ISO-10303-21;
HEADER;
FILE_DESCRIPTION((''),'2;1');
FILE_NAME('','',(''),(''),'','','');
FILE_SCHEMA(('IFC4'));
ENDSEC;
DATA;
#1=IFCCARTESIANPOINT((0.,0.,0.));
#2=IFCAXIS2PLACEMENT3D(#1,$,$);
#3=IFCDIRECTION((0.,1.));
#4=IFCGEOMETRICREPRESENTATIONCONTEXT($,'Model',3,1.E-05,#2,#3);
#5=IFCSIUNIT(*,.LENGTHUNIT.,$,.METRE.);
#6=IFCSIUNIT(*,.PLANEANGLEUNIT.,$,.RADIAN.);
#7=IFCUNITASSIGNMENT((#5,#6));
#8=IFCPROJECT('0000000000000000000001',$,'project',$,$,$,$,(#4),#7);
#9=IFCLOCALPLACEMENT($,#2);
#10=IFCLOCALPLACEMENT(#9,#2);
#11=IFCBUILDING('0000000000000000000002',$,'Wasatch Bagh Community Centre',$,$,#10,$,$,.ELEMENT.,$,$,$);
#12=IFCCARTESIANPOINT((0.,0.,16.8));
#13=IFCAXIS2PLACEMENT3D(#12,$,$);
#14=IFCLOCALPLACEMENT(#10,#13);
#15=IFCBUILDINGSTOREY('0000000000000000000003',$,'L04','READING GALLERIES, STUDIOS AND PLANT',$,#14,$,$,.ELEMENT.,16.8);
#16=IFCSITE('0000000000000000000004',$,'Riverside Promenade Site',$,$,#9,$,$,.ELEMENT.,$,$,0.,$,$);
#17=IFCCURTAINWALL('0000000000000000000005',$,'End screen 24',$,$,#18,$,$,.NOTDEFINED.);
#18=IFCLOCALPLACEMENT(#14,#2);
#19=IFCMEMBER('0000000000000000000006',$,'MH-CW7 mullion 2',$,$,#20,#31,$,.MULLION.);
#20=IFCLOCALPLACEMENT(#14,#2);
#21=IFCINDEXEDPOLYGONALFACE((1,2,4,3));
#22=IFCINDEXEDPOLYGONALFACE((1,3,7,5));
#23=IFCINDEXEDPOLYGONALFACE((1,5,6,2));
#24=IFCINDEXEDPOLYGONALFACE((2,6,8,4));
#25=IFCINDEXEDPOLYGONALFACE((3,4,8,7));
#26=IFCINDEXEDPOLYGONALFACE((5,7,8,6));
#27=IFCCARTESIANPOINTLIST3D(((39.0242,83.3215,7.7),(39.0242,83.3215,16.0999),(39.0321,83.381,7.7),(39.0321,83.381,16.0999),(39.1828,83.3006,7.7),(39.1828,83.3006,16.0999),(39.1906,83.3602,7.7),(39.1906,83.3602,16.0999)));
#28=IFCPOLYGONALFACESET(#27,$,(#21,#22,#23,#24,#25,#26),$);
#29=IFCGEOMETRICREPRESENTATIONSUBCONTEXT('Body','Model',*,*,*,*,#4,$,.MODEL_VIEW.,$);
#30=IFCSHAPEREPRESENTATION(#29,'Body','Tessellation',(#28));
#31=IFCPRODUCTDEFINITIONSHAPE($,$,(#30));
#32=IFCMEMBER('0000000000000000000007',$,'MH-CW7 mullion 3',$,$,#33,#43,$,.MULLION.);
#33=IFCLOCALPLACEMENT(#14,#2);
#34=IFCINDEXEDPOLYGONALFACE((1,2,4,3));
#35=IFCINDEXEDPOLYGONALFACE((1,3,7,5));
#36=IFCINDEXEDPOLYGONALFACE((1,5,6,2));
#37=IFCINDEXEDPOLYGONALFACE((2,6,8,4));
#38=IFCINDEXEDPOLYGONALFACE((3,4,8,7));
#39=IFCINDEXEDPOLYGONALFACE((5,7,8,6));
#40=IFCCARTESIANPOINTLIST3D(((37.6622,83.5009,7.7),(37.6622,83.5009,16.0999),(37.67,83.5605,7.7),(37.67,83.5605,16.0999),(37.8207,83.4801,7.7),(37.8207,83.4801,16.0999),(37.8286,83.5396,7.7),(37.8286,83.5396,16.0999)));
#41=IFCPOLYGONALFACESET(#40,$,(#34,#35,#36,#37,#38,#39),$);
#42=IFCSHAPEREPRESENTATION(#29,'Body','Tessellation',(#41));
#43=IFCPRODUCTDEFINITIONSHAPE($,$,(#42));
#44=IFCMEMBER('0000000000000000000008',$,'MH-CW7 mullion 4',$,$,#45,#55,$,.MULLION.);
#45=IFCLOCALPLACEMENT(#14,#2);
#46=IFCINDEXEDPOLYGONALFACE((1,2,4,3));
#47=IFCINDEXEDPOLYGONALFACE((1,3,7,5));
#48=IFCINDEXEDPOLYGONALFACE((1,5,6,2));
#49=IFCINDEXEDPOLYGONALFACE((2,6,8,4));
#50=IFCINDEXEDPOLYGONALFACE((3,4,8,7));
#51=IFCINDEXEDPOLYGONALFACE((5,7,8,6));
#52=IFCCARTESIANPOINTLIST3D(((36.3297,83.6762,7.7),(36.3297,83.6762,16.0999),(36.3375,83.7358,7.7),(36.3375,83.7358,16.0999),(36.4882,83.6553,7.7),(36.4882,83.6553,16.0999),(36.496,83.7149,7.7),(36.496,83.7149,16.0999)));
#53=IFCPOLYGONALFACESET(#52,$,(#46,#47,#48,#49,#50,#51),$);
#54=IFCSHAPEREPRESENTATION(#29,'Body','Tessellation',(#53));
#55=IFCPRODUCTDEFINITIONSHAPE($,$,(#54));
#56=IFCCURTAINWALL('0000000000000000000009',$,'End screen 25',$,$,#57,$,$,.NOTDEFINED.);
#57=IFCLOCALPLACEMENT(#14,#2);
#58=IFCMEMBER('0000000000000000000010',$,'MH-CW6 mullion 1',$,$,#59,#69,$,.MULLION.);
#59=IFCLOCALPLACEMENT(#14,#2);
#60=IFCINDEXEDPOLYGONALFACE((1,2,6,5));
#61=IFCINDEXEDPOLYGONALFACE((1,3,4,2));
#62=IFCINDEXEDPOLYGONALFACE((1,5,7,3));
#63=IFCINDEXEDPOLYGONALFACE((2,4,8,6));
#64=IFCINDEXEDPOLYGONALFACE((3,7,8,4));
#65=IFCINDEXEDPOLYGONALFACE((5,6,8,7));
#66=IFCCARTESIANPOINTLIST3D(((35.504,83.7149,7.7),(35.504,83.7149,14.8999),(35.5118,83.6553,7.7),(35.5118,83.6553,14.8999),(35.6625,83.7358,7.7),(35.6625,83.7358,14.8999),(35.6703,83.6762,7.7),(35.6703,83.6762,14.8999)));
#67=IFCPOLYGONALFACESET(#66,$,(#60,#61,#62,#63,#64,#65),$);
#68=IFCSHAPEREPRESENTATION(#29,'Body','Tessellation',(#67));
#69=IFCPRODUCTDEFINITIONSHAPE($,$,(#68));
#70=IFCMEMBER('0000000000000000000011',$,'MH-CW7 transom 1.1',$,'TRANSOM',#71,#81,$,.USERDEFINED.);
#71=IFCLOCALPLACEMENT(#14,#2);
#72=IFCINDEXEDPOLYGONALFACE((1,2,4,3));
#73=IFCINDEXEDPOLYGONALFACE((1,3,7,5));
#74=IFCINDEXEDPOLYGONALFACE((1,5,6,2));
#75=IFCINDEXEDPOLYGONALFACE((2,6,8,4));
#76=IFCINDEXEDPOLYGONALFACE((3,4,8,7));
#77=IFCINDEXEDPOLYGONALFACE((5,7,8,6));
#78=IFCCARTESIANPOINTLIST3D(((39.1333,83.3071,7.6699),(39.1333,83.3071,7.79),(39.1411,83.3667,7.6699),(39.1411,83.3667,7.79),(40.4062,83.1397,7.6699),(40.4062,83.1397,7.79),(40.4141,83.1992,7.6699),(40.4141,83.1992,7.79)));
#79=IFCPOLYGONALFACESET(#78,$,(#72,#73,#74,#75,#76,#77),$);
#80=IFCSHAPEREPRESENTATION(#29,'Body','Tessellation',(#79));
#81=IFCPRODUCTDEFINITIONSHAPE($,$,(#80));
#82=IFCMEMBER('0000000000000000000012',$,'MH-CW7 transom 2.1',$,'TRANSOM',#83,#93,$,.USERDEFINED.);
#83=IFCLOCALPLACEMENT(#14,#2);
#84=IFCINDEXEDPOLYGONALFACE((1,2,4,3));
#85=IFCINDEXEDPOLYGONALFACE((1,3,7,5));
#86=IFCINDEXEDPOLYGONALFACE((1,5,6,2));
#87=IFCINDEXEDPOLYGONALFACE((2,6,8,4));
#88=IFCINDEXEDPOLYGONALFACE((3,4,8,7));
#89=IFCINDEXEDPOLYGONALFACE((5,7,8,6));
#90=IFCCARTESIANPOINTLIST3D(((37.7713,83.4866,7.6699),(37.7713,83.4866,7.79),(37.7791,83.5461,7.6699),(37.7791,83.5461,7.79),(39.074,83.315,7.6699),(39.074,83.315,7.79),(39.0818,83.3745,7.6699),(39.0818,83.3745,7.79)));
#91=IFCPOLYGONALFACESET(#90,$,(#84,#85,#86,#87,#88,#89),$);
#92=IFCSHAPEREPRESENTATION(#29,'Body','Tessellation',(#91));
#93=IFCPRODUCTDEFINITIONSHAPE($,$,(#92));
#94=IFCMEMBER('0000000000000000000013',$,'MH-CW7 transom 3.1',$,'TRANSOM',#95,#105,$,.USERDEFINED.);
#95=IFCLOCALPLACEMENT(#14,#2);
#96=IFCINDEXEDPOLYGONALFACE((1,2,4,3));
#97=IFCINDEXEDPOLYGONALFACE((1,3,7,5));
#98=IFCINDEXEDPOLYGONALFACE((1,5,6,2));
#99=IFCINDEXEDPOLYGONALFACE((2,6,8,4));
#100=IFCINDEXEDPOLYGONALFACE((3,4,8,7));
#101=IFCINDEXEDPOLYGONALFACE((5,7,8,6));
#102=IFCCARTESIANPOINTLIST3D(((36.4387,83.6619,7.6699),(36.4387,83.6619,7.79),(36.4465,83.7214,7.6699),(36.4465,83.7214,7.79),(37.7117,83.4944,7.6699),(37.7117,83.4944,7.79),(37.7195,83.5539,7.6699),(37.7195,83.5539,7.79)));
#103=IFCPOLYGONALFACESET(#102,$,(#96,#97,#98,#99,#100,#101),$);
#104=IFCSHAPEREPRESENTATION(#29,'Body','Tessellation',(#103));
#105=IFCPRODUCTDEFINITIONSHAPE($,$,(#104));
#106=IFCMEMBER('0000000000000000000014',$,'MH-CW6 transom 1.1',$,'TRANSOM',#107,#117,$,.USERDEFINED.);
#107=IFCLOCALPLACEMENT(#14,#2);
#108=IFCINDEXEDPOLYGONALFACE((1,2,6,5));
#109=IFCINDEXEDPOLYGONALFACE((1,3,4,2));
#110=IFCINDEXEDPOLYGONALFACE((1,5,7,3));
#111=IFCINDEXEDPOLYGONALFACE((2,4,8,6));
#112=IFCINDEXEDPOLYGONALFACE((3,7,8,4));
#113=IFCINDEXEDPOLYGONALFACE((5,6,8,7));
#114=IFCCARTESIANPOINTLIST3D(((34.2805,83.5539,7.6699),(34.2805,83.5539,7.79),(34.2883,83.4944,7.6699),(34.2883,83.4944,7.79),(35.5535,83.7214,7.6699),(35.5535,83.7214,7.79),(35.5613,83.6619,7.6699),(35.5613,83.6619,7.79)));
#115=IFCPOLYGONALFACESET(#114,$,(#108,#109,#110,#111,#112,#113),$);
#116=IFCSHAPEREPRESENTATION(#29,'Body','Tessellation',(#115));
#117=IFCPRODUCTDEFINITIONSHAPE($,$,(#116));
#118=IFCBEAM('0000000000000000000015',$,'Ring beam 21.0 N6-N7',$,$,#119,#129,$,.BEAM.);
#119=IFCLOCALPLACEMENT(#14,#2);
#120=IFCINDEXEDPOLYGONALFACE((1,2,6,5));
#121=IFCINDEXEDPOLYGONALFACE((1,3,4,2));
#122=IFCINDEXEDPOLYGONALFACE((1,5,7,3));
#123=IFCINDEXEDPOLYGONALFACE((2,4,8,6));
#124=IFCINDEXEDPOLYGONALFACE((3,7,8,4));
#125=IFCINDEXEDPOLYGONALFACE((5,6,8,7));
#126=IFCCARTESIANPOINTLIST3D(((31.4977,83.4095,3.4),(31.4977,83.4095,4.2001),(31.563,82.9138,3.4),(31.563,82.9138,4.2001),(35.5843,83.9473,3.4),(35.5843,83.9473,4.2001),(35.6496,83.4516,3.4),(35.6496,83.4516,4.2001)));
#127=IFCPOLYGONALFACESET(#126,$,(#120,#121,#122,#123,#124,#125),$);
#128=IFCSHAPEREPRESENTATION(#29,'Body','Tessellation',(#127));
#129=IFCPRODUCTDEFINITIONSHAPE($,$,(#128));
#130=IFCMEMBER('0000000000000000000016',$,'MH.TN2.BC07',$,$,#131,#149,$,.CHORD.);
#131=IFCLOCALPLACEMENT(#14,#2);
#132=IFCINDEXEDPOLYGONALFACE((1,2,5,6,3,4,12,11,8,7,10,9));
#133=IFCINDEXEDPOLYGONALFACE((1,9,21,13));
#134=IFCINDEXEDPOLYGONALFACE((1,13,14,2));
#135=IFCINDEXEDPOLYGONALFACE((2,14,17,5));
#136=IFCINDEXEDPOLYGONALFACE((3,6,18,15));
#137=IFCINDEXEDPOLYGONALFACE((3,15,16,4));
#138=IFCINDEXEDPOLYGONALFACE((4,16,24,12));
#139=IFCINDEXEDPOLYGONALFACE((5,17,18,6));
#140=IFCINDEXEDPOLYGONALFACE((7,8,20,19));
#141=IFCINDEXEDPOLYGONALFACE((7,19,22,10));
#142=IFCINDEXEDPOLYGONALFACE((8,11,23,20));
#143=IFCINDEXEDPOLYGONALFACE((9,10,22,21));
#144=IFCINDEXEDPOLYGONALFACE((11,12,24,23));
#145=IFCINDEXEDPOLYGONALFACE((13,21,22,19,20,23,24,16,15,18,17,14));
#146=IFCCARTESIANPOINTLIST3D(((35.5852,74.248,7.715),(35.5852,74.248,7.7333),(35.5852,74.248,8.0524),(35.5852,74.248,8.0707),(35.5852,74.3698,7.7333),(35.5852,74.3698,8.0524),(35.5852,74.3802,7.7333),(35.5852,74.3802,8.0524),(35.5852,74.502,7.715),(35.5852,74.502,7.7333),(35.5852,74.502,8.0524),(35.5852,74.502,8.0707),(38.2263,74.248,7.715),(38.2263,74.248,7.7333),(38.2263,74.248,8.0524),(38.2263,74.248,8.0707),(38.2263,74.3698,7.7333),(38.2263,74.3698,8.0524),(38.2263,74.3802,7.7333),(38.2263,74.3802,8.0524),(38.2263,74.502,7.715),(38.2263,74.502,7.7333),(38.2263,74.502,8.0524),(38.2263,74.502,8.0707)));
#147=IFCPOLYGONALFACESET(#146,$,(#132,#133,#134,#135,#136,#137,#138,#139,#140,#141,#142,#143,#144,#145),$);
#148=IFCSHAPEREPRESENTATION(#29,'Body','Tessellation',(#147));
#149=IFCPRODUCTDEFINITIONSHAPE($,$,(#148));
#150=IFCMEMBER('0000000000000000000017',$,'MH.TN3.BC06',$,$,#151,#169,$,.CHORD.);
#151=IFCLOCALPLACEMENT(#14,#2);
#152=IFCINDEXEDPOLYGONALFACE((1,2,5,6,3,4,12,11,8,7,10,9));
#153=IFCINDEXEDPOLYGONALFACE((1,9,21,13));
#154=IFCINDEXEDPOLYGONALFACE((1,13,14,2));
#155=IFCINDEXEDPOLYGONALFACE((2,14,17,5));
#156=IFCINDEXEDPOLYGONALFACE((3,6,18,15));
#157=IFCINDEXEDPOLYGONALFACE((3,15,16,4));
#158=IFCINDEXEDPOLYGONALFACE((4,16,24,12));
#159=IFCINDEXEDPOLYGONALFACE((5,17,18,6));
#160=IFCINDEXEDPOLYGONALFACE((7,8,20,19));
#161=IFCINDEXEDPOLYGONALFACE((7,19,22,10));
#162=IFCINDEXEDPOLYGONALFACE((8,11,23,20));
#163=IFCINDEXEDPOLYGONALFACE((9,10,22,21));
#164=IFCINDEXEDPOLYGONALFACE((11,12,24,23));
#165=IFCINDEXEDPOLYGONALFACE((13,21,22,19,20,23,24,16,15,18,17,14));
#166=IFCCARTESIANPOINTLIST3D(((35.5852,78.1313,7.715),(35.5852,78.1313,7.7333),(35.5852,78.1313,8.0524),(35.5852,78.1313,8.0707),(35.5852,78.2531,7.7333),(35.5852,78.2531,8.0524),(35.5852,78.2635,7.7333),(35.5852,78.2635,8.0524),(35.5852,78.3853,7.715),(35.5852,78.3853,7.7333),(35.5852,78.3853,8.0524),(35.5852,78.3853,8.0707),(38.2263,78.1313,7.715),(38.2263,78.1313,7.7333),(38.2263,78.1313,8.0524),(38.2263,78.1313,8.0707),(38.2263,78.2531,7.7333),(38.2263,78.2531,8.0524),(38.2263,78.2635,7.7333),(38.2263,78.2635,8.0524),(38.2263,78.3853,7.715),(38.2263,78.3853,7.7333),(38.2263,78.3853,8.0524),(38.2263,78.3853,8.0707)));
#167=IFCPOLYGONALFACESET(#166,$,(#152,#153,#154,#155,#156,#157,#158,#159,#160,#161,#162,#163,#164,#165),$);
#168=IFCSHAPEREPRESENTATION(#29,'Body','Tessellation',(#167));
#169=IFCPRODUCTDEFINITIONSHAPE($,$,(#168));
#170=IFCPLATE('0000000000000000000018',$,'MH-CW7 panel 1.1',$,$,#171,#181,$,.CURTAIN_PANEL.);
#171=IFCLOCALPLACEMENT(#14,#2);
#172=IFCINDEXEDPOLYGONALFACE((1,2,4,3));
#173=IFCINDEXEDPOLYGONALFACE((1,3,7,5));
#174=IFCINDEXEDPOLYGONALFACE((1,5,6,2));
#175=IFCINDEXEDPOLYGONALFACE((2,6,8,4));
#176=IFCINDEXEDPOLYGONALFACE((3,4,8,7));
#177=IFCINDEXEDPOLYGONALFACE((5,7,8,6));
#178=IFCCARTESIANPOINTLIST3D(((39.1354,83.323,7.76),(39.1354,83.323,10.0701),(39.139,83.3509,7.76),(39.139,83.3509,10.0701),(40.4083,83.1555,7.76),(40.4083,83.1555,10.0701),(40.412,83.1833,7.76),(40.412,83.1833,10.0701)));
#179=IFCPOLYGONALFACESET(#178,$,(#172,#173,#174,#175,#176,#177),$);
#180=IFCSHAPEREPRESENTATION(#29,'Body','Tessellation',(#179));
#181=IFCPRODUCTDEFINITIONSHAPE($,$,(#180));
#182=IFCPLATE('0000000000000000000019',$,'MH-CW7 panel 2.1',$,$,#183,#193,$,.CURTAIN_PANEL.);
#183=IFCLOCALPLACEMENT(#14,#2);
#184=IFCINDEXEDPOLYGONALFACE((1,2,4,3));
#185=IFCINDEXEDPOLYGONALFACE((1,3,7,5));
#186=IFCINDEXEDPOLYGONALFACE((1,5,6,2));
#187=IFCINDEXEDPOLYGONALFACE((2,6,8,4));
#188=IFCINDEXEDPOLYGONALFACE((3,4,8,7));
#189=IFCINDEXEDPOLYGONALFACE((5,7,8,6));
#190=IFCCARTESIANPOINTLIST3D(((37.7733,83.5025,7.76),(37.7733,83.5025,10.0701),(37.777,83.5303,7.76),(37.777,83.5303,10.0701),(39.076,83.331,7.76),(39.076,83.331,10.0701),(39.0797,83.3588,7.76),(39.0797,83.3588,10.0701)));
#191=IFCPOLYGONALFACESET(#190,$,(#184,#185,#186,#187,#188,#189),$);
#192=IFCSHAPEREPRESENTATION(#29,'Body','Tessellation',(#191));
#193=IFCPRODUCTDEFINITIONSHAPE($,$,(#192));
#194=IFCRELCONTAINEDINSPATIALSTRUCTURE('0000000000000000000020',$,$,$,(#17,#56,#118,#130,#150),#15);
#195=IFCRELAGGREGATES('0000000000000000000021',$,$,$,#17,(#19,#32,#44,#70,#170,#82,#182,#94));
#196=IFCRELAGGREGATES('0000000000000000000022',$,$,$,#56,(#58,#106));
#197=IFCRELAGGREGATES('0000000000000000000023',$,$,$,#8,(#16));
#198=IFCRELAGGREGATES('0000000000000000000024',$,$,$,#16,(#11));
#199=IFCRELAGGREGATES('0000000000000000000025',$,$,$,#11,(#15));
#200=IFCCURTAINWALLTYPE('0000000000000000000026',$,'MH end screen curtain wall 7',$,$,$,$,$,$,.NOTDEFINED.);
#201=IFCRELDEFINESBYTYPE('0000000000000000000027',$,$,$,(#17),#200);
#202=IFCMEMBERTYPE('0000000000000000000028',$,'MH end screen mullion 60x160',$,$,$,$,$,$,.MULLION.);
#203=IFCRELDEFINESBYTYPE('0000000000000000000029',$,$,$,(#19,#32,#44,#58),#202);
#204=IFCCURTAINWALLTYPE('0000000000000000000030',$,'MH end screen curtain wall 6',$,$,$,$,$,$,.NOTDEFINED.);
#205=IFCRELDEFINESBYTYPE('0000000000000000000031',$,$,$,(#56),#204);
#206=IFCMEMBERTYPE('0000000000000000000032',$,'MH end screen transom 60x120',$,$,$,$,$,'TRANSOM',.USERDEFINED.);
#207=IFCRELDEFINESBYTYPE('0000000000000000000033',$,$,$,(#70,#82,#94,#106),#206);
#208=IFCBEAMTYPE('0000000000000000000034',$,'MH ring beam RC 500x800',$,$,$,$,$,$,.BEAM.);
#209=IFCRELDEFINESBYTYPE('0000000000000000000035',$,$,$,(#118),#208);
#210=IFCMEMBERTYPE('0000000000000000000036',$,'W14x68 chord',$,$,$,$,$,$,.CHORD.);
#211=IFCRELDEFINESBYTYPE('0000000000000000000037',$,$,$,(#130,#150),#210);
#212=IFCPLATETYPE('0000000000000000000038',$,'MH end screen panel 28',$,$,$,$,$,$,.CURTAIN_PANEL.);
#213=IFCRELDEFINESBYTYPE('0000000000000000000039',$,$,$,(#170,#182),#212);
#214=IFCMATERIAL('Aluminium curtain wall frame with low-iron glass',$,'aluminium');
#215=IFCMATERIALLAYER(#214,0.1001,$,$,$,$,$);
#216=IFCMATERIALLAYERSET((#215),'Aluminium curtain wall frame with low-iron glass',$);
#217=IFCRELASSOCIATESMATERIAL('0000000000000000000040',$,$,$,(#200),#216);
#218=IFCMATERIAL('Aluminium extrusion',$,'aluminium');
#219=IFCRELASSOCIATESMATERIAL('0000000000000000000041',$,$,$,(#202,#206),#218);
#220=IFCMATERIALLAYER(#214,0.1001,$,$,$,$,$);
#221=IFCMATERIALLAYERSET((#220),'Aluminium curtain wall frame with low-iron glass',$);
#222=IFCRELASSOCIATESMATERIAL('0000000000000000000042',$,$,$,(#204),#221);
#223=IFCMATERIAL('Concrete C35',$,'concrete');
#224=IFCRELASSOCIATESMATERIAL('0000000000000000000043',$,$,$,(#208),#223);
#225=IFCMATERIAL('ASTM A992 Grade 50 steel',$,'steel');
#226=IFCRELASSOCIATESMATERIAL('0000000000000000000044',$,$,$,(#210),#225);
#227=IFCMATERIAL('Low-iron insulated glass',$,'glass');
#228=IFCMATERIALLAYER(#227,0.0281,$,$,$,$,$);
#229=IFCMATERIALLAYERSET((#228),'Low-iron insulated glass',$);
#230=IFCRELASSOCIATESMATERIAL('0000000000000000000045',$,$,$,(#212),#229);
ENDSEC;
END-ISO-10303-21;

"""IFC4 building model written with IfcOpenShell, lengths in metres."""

from ifc_helpers import new_model, si_unit, direction, frame, origin, origin_2d, place, context, subcontext, project, spatial, rectangle, i_section, extrude, material, layer, layer_set, material_profile, profile_set, type_object, element, aggregate, save


model = new_model("IFC4")

# Units and contexts
model_context = context("Model", 3, precision=1e-05, world=origin(), true_north=direction((0.0, 1.0)))
body_context = subcontext(model_context, "Body", "Model", "MODEL_VIEW")
ifc_project = project(units=[si_unit("LENGTHUNIT", "METRE"), si_unit("PLANEANGLEUNIT", "RADIAN")], contexts=[model_context])

# Site, building, storey
site_placement = place(None, origin())
site = spatial("IfcSite", under=ifc_project, at=site_placement, Name="Riverside Promenade Site", CompositionType="ELEMENT", RefElevation=0.0)
building_placement = place(site_placement, origin())
building = spatial("IfcBuilding", under=site, at=building_placement, Name="Wasatch Bagh Community Centre", CompositionType="ELEMENT")
storey_placement = place(building_placement, frame((0.0, 0.0, 16.8)))
storey = spatial("IfcBuildingStorey", under=building, at=storey_placement, Name="L04", Description="READING GALLERIES, STUDIOS AND PLANT", CompositionType="ELEMENT", Elevation=16.8)

# Curtain wall, members
ifc_material_1 = material(Name="Aluminium curtain wall frame with low-iron glass", Category="aluminium")
ifc_layer_1 = layer(ifc_material_1, 0.1001)
ifc_layer_set_1 = layer_set([ifc_layer_1], Name="Aluminium curtain wall frame with low-iron glass")
curtain_wall_type_1 = type_object("IfcCurtainWallType", Name="MH end screen curtain wall 7", PredefinedType="NOTDEFINED", material=ifc_layer_set_1)
curtain_wall_1_placement = place(storey_placement, origin())
curtain_wall_1 = element("IfcCurtainWall", 1, at=curtain_wall_1_placement, inside=storey, type_object=curtain_wall_type_1, Name="End screen 24", PredefinedType="NOTDEFINED")
ifc_material_2 = material(Name="Aluminium extrusion", Category="aluminium")
ifc_material_profile_1 = material_profile(ifc_material_2, rectangle(XDim=0.0601, YDim=0.1599, at=origin_2d()), Name="AL 60x160")
ifc_profile_set_1 = profile_set([ifc_material_profile_1], Name="Aluminium extrusion")
member_type_1 = type_object("IfcMemberType", Name="MH end screen mullion 60x160", PredefinedType="MULLION", material=ifc_profile_set_1)
member_1_placement = place(storey_placement, frame((39.1074, 83.3408, 7.7), z_axis=(0.0, 0.0, 1.0), x_axis=(-0.130526, -0.991445, 0.0)))
member_1 = element("IfcMember", 2, at=member_1_placement, type_object=member_type_1, Name="MH-CW7 mullion 2", PredefinedType="MULLION", context=body_context, shape_type="SweptSolid", body=[
    extrude(rectangle(XDim=0.0601, YDim=0.1599, at=origin_2d()), origin(), (0.0, 0.0, 1.0), 8.3999),
])
member_2_placement = place(storey_placement, frame((37.7454, 83.5203, 7.7), z_axis=(0.0, 0.0, 1.0), x_axis=(-0.130526, -0.991445, 0.0)))
member_2 = element("IfcMember", 3, at=member_2_placement, type_object=member_type_1, Name="MH-CW7 mullion 3", PredefinedType="MULLION", context=body_context, shape_type="SweptSolid", body=[
    extrude(rectangle(XDim=0.0601, YDim=0.1599, at=origin_2d()), origin(), (0.0, 0.0, 1.0), 8.3999),
])
member_3_placement = place(storey_placement, frame((36.4128, 83.6956, 7.7), z_axis=(0.0, 0.0, 1.0), x_axis=(-0.130526, -0.991445, 0.0)))
member_3 = element("IfcMember", 4, at=member_3_placement, type_object=member_type_1, Name="MH-CW7 mullion 4", PredefinedType="MULLION", context=body_context, shape_type="SweptSolid", body=[
    extrude(rectangle(XDim=0.0601, YDim=0.1599, at=origin_2d()), origin(), (0.0, 0.0, 1.0), 8.3999),
])

# Curtain wall, member
ifc_layer_2 = layer(ifc_material_1, 0.1001)
ifc_layer_set_2 = layer_set([ifc_layer_2], Name="Aluminium curtain wall frame with low-iron glass")
curtain_wall_type_2 = type_object("IfcCurtainWallType", Name="MH end screen curtain wall 6", PredefinedType="NOTDEFINED", material=ifc_layer_set_2)
curtain_wall_2_placement = place(storey_placement, origin())
curtain_wall_2 = element("IfcCurtainWall", 5, at=curtain_wall_2_placement, inside=storey, type_object=curtain_wall_type_2, Name="End screen 25", PredefinedType="NOTDEFINED")
member_4_placement = place(storey_placement, frame((35.5872, 83.6956, 7.7), z_axis=(0.0, 0.0, 1.0), x_axis=(0.130526, -0.991445, 0.0)))
member_4 = element("IfcMember", 6, at=member_4_placement, type_object=member_type_1, Name="MH-CW6 mullion 1", PredefinedType="MULLION", context=body_context, shape_type="SweptSolid", body=[
    extrude(rectangle(XDim=0.0601, YDim=0.1599, at=origin_2d()), origin(), (0.0, 0.0, 1.0), 7.2),
])

# Members
ifc_material_profile_2 = material_profile(ifc_material_2, rectangle(XDim=0.0601, YDim=0.1201, at=origin_2d()), Name="AL 60x120")
ifc_profile_set_2 = profile_set([ifc_material_profile_2], Name="Aluminium extrusion")
member_type_2 = type_object("IfcMemberType", Name="MH end screen transom 60x120", ElementType="TRANSOM", PredefinedType="USERDEFINED", material=ifc_profile_set_2)
member_5_placement = place(storey_placement, frame((40.4102, 83.1694, 7.73), z_axis=(-0.991456, 0.130445, 0.0), x_axis=(-0.130445, -0.991456, 0.0)))
member_5 = element("IfcMember", 7, at=member_5_placement, type_object=member_type_2, Name="MH-CW7 transom 1.1", ObjectType="TRANSOM", PredefinedType="USERDEFINED", context=body_context, shape_type="SweptSolid", body=[
    extrude(rectangle(XDim=0.0601, YDim=0.1201, at=origin_2d()), origin(), (0.0, 0.0, 1.0), 1.2839),
])
member_6_placement = place(storey_placement, frame((39.0779, 83.3447, 7.73), z_axis=(-0.991433, 0.130618, 0.0), x_axis=(-0.130618, -0.991433, 0.0)))
member_6 = element("IfcMember", 8, at=member_6_placement, type_object=member_type_2, Name="MH-CW7 transom 2.1", ObjectType="TRANSOM", PredefinedType="USERDEFINED", context=body_context, shape_type="SweptSolid", body=[
    extrude(rectangle(XDim=0.0601, YDim=0.1201, at=origin_2d()), origin(), (0.0, 0.0, 1.0), 1.314),
])
member_7_placement = place(storey_placement, frame((37.7156, 83.5242, 7.73), z_axis=(-0.991456, 0.130445, 0.0), x_axis=(-0.130445, -0.991456, 0.0)))
member_7 = element("IfcMember", 9, at=member_7_placement, type_object=member_type_2, Name="MH-CW7 transom 3.1", ObjectType="TRANSOM", PredefinedType="USERDEFINED", context=body_context, shape_type="SweptSolid", body=[
    extrude(rectangle(XDim=0.0601, YDim=0.1201, at=origin_2d()), origin(), (0.0, 0.0, 1.0), 1.2839),
])
member_8_placement = place(storey_placement, frame((35.5574, 83.6917, 7.73), z_axis=(-0.991456, -0.130445, 0.0), x_axis=(0.130445, -0.991456, 0.0)))
member_8 = element("IfcMember", 10, at=member_8_placement, type_object=member_type_2, Name="MH-CW6 transom 1.1", ObjectType="TRANSOM", PredefinedType="USERDEFINED", context=body_context, shape_type="SweptSolid", body=[
    extrude(rectangle(XDim=0.0601, YDim=0.1201, at=origin_2d()), origin(), (0.0, 0.0, 1.0), 1.2839),
])

# Beam
ifc_material_3 = material(Name="Concrete C35", Category="concrete")
ifc_material_profile_3 = material_profile(ifc_material_3, rectangle(XDim=0.5, YDim=0.8, at=origin_2d()), Name="RC 500x800")
ifc_profile_set_3 = profile_set([ifc_material_profile_3], Name="Concrete C35")
beam_type = type_object("IfcBeamType", Name="MH ring beam RC 500x800", PredefinedType="BEAM", material=ifc_profile_set_3)
beam_placement = place(storey_placement, frame((35.6169, 83.6995, 3.8), z_axis=(-0.99145, -0.130484, 0.0), x_axis=(0.130484, -0.99145, 0.0)))
element("IfcBeam", 11, at=beam_placement, inside=storey, type_object=beam_type, Name="Ring beam 21.0 N6-N7", PredefinedType="BEAM", context=body_context, shape_type="SweptSolid", body=[
    extrude(rectangle(XDim=0.5, YDim=0.8, at=origin_2d()), origin(), (0.0, 0.0, 1.0), 4.1218),
])

# Members
ifc_material_4 = material(Name="ASTM A992 Grade 50 steel", Category="steel")
ifc_material_profile_4 = material_profile(ifc_material_4, i_section(OverallWidth=0.2539, OverallDepth=0.3557, WebThickness=0.0105, FlangeThickness=0.0183, at=origin_2d()), Name="W14x68")
ifc_profile_set_4 = profile_set([ifc_material_profile_4], Name="ASTM A992 Grade 50 steel")
member_type_3 = type_object("IfcMemberType", Name="W14x68 chord", PredefinedType="CHORD", material=ifc_profile_set_4)
for number, where, z_axis, x_axis, name in (
    (12, (35.5852, 74.375, 7.8928), (1.0, 0.0, 0.0), (0.0, 1.0, 0.0), "MH.TN2.BC07"),
    (13, (35.5852, 78.2583, 7.8928), (1.0, 0.0, 0.0), (0.0, 1.0, 0.0), "MH.TN3.BC06"),
):
    element("IfcMember", number, at=place(storey_placement, frame(where, z_axis=z_axis, x_axis=x_axis)), inside=storey, type_object=member_type_3, Name=name, PredefinedType="CHORD", context=body_context, shape_type="SweptSolid", body=[
        extrude(i_section(OverallWidth=0.2539, OverallDepth=0.3557, WebThickness=0.0105, FlangeThickness=0.0183, at=origin_2d()), origin(), (0.0, 0.0, 1.0), 2.6411),
    ])

# Plates
ifc_material_5 = material(Name="Low-iron insulated glass", Category="glass")
ifc_layer_3 = layer(ifc_material_5, 0.0281)
ifc_layer_set_3 = layer_set([ifc_layer_3], Name="Low-iron insulated glass")
plate_type = type_object("IfcPlateType", Name="MH end screen panel 28", PredefinedType="CURTAIN_PANEL", material=ifc_layer_set_3)
plate_1_placement = place(storey_placement, frame((39.7737, 83.2532, 7.76), z_axis=(0.0, 0.0, 1.0), x_axis=(-0.991445, 0.130526, 0.0)))
plate_1 = element("IfcPlate", 14, at=plate_1_placement, type_object=plate_type, Name="MH-CW7 panel 1.1", PredefinedType="CURTAIN_PANEL", context=body_context, shape_type="SweptSolid", body=[
    extrude(rectangle(XDim=1.2839, YDim=0.0281, at=origin_2d()), origin(), (0.0, 0.0, 1.0), 2.3101),
])
plate_2_placement = place(storey_placement, frame((38.4265, 83.4307, 7.76), z_axis=(0.0, 0.0, 1.0), x_axis=(-0.991445, 0.130526, 0.0)))
plate_2 = element("IfcPlate", 15, at=plate_2_placement, type_object=plate_type, Name="MH-CW7 panel 2.1", PredefinedType="CURTAIN_PANEL", context=body_context, shape_type="SweptSolid", body=[
    extrude(rectangle(XDim=1.314, YDim=0.0281, at=origin_2d()), origin(), (0.0, 0.0, 1.0), 2.3101),
])
aggregate(curtain_wall_1, [member_1, member_2, member_3, member_5, plate_1, member_6, plate_2, member_7])
aggregate(curtain_wall_2, [member_4, member_8])

save(model, "model.ifc")
